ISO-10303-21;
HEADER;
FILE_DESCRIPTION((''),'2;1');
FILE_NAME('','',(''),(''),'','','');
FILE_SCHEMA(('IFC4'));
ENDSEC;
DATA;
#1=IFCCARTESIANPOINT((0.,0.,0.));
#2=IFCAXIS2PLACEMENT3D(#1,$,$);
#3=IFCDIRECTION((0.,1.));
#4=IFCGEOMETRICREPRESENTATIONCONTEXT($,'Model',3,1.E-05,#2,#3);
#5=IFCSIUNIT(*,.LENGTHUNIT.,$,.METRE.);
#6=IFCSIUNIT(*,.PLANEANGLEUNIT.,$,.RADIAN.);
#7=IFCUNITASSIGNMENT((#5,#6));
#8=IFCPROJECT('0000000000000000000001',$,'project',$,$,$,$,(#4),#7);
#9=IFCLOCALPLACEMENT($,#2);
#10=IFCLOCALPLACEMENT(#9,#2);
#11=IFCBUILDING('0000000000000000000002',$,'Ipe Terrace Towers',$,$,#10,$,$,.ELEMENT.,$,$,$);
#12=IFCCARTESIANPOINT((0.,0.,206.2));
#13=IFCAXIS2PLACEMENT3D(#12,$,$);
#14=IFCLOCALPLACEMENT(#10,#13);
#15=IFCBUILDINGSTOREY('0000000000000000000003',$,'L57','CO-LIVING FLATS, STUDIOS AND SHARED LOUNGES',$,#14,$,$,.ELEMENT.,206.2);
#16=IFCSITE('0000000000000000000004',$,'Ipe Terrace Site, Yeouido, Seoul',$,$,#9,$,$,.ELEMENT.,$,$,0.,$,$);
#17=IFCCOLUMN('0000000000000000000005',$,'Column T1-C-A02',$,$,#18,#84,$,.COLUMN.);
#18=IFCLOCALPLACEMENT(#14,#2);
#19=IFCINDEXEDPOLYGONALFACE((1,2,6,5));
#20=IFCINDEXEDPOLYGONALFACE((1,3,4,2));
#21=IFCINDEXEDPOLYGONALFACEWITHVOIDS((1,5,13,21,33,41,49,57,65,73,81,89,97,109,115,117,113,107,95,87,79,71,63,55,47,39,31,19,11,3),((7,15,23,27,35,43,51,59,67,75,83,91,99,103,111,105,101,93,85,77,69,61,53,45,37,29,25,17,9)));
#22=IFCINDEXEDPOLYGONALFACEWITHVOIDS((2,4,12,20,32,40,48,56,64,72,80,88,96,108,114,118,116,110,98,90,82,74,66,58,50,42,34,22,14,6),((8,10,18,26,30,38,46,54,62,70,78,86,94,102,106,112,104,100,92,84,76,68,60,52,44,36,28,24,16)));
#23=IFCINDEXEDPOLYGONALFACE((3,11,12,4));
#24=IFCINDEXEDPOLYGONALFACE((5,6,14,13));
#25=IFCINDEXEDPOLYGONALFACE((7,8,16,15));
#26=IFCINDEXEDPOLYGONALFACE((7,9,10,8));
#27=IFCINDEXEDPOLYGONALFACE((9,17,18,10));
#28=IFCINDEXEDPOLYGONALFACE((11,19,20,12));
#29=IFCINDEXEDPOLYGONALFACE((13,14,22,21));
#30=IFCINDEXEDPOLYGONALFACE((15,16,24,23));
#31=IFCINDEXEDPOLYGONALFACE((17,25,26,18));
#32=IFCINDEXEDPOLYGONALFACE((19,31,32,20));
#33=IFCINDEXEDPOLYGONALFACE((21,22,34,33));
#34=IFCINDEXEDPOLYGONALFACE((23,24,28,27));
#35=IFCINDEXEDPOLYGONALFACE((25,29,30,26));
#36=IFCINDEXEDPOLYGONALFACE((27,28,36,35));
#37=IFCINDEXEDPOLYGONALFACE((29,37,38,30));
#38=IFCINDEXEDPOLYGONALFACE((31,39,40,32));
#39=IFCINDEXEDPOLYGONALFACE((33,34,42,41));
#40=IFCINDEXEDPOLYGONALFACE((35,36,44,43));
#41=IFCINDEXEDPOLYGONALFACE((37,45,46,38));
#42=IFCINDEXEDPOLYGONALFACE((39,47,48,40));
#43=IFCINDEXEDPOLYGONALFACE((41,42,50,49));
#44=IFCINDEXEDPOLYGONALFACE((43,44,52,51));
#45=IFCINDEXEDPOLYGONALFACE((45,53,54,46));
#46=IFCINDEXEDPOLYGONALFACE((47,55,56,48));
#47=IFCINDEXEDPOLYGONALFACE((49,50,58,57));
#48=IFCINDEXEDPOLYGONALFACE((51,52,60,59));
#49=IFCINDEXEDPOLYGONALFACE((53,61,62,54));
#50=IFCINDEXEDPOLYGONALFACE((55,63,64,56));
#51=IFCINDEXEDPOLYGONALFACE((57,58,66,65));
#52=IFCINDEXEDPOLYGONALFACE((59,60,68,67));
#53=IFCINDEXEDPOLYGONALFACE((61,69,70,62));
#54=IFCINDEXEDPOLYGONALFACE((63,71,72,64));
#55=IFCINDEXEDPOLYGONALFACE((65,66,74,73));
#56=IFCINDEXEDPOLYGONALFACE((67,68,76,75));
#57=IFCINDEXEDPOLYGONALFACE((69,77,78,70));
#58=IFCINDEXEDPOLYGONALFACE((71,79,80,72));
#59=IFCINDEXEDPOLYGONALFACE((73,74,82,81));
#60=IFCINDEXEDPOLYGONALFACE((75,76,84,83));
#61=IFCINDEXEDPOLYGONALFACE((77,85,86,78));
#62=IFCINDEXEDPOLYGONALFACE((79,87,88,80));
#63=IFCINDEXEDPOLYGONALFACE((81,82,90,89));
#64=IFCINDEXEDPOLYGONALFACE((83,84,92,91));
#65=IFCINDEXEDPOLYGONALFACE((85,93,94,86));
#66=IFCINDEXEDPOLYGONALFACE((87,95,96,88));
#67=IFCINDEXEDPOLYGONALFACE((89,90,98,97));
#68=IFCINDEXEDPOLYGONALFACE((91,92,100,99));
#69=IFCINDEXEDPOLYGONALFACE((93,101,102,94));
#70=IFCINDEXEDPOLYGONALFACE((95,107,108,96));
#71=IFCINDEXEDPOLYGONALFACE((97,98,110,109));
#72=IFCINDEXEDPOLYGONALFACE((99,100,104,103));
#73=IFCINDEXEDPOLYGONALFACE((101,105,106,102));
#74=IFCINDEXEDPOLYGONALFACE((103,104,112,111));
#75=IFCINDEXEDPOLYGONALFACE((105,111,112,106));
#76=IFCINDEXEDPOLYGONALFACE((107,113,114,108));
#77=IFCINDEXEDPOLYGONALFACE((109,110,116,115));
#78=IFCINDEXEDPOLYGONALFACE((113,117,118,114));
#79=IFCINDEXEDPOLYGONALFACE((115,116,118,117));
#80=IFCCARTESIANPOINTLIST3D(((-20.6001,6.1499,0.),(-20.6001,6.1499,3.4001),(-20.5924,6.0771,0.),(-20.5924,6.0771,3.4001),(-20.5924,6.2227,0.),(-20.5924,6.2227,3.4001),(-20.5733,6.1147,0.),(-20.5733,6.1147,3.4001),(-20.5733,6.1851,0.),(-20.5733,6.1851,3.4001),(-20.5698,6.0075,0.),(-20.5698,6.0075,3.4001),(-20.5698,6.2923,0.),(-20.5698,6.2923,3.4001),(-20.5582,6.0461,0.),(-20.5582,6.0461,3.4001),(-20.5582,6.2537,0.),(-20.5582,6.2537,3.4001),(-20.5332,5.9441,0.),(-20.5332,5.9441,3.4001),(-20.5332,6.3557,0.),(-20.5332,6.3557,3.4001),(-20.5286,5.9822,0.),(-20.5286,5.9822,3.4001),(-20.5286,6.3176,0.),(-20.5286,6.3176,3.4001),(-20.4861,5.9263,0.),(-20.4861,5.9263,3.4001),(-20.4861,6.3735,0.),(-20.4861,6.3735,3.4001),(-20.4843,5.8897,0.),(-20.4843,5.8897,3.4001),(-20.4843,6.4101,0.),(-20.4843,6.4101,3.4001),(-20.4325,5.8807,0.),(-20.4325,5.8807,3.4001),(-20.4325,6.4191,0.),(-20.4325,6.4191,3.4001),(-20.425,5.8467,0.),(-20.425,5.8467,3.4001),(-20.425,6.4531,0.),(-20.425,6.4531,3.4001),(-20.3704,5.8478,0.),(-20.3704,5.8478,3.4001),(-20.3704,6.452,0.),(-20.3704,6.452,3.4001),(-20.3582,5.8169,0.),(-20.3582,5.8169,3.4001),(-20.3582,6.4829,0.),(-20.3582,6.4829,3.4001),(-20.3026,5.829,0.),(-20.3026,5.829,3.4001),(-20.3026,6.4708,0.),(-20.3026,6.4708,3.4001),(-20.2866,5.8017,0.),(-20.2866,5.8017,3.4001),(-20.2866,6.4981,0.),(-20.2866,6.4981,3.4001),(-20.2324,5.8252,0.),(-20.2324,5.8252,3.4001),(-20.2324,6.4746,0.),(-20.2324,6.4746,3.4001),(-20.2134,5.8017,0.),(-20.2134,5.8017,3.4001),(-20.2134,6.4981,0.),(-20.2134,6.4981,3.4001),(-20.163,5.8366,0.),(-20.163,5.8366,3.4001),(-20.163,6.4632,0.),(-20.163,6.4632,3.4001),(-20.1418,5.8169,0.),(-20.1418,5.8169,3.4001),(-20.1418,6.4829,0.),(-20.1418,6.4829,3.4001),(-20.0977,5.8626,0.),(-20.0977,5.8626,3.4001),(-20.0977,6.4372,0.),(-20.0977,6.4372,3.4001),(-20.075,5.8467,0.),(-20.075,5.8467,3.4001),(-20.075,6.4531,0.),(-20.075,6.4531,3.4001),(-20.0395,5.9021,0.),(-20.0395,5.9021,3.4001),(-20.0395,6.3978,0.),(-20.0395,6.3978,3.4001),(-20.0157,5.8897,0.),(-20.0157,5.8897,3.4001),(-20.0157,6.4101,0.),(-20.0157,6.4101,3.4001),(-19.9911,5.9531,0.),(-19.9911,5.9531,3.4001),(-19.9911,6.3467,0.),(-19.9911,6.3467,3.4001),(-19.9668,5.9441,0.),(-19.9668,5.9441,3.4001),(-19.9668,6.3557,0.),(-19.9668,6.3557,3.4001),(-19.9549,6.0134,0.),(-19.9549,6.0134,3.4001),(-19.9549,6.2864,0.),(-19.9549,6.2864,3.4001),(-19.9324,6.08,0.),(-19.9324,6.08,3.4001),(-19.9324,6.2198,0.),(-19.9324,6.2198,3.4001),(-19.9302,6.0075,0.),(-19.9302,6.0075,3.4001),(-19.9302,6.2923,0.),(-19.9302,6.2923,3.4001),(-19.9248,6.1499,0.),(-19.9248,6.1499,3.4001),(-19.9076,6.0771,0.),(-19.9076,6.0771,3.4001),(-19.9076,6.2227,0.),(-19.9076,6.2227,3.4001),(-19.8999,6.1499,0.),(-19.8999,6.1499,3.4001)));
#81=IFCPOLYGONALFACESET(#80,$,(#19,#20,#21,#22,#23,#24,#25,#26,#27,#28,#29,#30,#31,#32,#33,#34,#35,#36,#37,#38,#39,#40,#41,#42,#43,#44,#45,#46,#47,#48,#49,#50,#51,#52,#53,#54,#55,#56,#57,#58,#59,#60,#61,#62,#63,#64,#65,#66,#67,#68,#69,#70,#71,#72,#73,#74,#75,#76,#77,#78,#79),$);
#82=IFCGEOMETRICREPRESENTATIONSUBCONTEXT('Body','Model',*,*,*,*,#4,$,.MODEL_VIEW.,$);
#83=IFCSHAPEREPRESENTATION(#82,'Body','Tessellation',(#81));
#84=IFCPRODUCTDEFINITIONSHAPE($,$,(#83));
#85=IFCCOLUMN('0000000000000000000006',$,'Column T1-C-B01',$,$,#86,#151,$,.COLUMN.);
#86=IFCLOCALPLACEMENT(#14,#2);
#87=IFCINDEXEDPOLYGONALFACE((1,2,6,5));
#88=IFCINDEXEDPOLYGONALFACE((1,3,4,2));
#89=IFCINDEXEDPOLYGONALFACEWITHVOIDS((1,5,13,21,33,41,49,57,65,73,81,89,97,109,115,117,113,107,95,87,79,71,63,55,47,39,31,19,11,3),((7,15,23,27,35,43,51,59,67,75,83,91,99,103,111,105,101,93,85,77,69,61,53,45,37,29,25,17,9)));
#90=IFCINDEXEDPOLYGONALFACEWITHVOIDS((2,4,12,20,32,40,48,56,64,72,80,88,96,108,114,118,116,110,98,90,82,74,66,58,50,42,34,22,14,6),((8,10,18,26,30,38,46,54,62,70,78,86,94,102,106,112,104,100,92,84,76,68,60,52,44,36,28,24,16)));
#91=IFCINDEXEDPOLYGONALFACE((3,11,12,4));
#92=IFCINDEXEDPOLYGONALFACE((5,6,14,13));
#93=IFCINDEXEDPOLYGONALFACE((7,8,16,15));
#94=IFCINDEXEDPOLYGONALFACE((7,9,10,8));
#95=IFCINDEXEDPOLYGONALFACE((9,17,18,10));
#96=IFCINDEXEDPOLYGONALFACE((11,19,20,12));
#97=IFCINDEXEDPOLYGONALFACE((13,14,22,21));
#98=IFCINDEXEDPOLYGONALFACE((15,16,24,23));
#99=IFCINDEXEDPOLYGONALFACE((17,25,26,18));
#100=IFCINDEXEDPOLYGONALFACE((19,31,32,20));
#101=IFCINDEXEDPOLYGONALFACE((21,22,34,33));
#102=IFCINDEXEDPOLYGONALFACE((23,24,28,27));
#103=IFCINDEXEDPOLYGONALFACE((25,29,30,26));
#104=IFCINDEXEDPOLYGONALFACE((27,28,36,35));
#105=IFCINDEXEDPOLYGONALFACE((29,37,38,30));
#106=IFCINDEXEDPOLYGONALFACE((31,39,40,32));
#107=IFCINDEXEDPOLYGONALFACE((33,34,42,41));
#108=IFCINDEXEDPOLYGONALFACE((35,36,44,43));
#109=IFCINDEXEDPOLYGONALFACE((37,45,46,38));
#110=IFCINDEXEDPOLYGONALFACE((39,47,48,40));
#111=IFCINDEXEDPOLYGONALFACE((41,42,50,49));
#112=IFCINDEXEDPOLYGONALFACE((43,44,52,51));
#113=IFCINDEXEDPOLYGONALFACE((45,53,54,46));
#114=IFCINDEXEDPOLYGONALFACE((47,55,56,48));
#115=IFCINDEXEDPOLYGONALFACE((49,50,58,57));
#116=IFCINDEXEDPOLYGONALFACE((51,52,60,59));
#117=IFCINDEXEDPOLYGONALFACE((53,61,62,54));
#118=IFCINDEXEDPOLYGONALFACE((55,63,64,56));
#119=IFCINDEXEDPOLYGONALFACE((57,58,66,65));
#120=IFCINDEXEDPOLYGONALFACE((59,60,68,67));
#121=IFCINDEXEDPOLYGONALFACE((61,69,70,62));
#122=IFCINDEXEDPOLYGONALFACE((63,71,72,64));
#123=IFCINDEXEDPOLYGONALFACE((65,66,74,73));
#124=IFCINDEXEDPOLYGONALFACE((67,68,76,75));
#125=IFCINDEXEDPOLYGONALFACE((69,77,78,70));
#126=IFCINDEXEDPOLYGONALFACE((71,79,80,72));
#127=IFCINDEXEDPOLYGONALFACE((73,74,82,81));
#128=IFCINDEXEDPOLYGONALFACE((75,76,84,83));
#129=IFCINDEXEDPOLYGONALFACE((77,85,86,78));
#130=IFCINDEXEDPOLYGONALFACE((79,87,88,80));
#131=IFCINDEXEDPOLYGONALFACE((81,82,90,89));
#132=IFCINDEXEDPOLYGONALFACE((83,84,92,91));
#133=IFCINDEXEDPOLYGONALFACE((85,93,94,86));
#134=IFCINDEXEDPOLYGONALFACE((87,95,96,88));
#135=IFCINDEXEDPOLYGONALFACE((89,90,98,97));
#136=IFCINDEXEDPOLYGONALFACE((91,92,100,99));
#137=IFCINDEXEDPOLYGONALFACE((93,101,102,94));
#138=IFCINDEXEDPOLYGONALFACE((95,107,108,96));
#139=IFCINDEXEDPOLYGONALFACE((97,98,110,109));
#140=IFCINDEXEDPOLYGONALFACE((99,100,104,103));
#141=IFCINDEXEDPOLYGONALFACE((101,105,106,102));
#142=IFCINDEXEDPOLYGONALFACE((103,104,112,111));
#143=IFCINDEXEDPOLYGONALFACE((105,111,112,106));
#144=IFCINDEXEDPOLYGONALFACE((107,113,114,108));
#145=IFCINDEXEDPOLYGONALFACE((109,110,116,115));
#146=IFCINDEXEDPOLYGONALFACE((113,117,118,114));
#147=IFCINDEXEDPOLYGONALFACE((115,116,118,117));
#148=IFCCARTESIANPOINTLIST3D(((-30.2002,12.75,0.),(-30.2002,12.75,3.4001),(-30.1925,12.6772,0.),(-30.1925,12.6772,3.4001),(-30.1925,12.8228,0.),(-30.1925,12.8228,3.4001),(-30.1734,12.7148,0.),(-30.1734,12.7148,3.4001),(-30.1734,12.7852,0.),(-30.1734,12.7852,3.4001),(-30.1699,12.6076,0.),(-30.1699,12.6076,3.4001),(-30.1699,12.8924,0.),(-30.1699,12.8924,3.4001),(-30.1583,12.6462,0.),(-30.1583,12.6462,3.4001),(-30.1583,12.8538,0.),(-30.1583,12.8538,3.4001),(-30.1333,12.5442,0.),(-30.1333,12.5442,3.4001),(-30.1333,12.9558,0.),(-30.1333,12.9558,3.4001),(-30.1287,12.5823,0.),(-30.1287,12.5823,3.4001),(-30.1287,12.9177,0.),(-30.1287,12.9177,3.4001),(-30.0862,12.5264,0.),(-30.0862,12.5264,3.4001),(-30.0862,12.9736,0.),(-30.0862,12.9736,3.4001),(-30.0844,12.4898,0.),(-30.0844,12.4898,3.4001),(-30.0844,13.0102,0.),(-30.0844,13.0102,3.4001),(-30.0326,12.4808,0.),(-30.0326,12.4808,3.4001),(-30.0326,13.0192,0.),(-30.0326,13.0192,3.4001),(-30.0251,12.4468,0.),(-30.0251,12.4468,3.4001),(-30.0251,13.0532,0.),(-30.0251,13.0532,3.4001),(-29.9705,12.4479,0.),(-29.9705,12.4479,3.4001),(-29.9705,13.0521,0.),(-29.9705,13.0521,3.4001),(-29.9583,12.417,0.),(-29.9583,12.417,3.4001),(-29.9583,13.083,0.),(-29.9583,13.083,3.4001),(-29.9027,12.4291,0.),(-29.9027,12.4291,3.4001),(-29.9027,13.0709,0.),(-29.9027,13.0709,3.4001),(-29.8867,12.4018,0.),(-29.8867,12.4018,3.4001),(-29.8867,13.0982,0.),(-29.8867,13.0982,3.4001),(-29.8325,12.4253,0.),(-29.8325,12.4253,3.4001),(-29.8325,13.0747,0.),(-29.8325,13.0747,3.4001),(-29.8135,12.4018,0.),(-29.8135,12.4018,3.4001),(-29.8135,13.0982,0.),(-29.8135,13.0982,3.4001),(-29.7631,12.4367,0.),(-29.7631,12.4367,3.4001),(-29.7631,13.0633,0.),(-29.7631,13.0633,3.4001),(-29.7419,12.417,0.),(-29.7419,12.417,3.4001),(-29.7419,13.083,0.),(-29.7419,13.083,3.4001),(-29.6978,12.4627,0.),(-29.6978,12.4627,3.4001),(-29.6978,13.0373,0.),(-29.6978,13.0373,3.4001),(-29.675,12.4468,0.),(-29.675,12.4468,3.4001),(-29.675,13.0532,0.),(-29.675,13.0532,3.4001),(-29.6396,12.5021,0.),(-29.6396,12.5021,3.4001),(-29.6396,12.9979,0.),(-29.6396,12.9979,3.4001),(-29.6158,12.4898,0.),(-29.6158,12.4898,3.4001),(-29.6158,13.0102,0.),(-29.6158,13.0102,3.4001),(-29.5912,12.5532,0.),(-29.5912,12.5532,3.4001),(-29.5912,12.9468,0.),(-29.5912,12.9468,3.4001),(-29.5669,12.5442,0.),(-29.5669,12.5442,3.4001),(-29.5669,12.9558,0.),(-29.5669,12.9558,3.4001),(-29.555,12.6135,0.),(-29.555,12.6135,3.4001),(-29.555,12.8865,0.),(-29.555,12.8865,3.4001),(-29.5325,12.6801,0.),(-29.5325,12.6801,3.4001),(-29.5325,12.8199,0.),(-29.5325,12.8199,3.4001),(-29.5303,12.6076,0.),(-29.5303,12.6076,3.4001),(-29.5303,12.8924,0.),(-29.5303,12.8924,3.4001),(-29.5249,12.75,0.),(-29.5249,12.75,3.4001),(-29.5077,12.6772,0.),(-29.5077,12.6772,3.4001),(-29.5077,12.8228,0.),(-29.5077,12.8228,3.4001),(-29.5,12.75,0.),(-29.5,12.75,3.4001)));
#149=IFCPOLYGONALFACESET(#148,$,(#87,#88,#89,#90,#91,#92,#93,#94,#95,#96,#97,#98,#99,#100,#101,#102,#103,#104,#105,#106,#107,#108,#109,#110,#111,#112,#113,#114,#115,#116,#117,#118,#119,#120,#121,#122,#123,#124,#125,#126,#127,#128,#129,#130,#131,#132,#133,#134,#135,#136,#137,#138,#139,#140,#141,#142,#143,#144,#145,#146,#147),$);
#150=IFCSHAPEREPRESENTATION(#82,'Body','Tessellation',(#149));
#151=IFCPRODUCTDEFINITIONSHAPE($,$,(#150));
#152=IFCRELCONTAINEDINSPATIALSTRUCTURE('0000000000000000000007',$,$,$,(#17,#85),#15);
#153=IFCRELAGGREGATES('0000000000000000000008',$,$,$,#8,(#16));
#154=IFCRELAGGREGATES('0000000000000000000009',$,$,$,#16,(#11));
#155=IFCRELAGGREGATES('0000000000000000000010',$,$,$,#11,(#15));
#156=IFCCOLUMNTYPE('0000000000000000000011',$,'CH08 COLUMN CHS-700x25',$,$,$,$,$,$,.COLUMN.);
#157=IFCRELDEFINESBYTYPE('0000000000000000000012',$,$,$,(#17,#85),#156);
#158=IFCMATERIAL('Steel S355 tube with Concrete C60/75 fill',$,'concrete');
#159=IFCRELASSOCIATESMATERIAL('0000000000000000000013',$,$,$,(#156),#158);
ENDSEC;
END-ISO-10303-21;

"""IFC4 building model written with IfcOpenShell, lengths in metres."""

from ifc_helpers import new_model, si_unit, direction, frame, origin, origin_2d, place, context, subcontext, project, spatial, hollow_circle, extrude, material, material_profile, profile_set, type_object, element, save


model = new_model("IFC4")

# Units and contexts
model_context = context("Model", 3, precision=1e-05, world=origin(), true_north=direction((0.0, 1.0)))
body_context = subcontext(model_context, "Body", "Model", "MODEL_VIEW")
ifc_project = project(units=[si_unit("LENGTHUNIT", "METRE"), si_unit("PLANEANGLEUNIT", "RADIAN")], contexts=[model_context])

# Site, building, storey
site_placement = place(None, origin())
site = spatial("IfcSite", under=ifc_project, at=site_placement, Name="Ipe Terrace Site, Yeouido, Seoul", CompositionType="ELEMENT", RefElevation=0.0)
building_placement = place(site_placement, origin())
building = spatial("IfcBuilding", under=site, at=building_placement, Name="Ipe Terrace Towers", CompositionType="ELEMENT")
storey_placement = place(building_placement, frame((0.0, 0.0, 206.2)))
storey = spatial("IfcBuildingStorey", under=building, at=storey_placement, Name="L57", Description="CO-LIVING FLATS, STUDIOS AND SHARED LOUNGES", CompositionType="ELEMENT", Elevation=206.2)

# Columns
ifc_material_1 = material(Name="Steel S355 tube with Concrete C60/75 fill", Category="concrete")
ifc_material_profile_1 = material_profile(ifc_material_1, hollow_circle(Radius=0.3501, WallThickness=0.0249, at=origin_2d()), Name="CHS-700x25")
ifc_profile_set_1 = profile_set([ifc_material_profile_1], Name="Steel S355 tube with Concrete C60/75 fill")
column_type_1 = type_object("IfcColumnType", Name="CH08 COLUMN CHS-700x25", PredefinedType="COLUMN", material=ifc_profile_set_1)
for number, where, z_axis, x_axis, name in (
    (1, (-20.25, 6.1499, 0.0), (0.0, 0.0, 1.0), (1.0, 0.0, 0.0), "Column T1-C-A02"),
    (2, (-29.8501, 12.75, 0.0), (0.0, 0.0, 1.0), (1.0, 0.0, 0.0), "Column T1-C-B01"),
):
    element("IfcColumn", number, at=place(storey_placement, frame(where, z_axis=z_axis, x_axis=x_axis)), inside=storey, type_object=column_type_1, Name=name, PredefinedType="COLUMN", context=body_context, shape_type="SweptSolid", body=[
        extrude(hollow_circle(Radius=0.3501, WallThickness=0.0249, at=origin_2d()), origin(), (0.0, 0.0, 1.0), 3.4001),
    ])

save(model, "model.ifc")
